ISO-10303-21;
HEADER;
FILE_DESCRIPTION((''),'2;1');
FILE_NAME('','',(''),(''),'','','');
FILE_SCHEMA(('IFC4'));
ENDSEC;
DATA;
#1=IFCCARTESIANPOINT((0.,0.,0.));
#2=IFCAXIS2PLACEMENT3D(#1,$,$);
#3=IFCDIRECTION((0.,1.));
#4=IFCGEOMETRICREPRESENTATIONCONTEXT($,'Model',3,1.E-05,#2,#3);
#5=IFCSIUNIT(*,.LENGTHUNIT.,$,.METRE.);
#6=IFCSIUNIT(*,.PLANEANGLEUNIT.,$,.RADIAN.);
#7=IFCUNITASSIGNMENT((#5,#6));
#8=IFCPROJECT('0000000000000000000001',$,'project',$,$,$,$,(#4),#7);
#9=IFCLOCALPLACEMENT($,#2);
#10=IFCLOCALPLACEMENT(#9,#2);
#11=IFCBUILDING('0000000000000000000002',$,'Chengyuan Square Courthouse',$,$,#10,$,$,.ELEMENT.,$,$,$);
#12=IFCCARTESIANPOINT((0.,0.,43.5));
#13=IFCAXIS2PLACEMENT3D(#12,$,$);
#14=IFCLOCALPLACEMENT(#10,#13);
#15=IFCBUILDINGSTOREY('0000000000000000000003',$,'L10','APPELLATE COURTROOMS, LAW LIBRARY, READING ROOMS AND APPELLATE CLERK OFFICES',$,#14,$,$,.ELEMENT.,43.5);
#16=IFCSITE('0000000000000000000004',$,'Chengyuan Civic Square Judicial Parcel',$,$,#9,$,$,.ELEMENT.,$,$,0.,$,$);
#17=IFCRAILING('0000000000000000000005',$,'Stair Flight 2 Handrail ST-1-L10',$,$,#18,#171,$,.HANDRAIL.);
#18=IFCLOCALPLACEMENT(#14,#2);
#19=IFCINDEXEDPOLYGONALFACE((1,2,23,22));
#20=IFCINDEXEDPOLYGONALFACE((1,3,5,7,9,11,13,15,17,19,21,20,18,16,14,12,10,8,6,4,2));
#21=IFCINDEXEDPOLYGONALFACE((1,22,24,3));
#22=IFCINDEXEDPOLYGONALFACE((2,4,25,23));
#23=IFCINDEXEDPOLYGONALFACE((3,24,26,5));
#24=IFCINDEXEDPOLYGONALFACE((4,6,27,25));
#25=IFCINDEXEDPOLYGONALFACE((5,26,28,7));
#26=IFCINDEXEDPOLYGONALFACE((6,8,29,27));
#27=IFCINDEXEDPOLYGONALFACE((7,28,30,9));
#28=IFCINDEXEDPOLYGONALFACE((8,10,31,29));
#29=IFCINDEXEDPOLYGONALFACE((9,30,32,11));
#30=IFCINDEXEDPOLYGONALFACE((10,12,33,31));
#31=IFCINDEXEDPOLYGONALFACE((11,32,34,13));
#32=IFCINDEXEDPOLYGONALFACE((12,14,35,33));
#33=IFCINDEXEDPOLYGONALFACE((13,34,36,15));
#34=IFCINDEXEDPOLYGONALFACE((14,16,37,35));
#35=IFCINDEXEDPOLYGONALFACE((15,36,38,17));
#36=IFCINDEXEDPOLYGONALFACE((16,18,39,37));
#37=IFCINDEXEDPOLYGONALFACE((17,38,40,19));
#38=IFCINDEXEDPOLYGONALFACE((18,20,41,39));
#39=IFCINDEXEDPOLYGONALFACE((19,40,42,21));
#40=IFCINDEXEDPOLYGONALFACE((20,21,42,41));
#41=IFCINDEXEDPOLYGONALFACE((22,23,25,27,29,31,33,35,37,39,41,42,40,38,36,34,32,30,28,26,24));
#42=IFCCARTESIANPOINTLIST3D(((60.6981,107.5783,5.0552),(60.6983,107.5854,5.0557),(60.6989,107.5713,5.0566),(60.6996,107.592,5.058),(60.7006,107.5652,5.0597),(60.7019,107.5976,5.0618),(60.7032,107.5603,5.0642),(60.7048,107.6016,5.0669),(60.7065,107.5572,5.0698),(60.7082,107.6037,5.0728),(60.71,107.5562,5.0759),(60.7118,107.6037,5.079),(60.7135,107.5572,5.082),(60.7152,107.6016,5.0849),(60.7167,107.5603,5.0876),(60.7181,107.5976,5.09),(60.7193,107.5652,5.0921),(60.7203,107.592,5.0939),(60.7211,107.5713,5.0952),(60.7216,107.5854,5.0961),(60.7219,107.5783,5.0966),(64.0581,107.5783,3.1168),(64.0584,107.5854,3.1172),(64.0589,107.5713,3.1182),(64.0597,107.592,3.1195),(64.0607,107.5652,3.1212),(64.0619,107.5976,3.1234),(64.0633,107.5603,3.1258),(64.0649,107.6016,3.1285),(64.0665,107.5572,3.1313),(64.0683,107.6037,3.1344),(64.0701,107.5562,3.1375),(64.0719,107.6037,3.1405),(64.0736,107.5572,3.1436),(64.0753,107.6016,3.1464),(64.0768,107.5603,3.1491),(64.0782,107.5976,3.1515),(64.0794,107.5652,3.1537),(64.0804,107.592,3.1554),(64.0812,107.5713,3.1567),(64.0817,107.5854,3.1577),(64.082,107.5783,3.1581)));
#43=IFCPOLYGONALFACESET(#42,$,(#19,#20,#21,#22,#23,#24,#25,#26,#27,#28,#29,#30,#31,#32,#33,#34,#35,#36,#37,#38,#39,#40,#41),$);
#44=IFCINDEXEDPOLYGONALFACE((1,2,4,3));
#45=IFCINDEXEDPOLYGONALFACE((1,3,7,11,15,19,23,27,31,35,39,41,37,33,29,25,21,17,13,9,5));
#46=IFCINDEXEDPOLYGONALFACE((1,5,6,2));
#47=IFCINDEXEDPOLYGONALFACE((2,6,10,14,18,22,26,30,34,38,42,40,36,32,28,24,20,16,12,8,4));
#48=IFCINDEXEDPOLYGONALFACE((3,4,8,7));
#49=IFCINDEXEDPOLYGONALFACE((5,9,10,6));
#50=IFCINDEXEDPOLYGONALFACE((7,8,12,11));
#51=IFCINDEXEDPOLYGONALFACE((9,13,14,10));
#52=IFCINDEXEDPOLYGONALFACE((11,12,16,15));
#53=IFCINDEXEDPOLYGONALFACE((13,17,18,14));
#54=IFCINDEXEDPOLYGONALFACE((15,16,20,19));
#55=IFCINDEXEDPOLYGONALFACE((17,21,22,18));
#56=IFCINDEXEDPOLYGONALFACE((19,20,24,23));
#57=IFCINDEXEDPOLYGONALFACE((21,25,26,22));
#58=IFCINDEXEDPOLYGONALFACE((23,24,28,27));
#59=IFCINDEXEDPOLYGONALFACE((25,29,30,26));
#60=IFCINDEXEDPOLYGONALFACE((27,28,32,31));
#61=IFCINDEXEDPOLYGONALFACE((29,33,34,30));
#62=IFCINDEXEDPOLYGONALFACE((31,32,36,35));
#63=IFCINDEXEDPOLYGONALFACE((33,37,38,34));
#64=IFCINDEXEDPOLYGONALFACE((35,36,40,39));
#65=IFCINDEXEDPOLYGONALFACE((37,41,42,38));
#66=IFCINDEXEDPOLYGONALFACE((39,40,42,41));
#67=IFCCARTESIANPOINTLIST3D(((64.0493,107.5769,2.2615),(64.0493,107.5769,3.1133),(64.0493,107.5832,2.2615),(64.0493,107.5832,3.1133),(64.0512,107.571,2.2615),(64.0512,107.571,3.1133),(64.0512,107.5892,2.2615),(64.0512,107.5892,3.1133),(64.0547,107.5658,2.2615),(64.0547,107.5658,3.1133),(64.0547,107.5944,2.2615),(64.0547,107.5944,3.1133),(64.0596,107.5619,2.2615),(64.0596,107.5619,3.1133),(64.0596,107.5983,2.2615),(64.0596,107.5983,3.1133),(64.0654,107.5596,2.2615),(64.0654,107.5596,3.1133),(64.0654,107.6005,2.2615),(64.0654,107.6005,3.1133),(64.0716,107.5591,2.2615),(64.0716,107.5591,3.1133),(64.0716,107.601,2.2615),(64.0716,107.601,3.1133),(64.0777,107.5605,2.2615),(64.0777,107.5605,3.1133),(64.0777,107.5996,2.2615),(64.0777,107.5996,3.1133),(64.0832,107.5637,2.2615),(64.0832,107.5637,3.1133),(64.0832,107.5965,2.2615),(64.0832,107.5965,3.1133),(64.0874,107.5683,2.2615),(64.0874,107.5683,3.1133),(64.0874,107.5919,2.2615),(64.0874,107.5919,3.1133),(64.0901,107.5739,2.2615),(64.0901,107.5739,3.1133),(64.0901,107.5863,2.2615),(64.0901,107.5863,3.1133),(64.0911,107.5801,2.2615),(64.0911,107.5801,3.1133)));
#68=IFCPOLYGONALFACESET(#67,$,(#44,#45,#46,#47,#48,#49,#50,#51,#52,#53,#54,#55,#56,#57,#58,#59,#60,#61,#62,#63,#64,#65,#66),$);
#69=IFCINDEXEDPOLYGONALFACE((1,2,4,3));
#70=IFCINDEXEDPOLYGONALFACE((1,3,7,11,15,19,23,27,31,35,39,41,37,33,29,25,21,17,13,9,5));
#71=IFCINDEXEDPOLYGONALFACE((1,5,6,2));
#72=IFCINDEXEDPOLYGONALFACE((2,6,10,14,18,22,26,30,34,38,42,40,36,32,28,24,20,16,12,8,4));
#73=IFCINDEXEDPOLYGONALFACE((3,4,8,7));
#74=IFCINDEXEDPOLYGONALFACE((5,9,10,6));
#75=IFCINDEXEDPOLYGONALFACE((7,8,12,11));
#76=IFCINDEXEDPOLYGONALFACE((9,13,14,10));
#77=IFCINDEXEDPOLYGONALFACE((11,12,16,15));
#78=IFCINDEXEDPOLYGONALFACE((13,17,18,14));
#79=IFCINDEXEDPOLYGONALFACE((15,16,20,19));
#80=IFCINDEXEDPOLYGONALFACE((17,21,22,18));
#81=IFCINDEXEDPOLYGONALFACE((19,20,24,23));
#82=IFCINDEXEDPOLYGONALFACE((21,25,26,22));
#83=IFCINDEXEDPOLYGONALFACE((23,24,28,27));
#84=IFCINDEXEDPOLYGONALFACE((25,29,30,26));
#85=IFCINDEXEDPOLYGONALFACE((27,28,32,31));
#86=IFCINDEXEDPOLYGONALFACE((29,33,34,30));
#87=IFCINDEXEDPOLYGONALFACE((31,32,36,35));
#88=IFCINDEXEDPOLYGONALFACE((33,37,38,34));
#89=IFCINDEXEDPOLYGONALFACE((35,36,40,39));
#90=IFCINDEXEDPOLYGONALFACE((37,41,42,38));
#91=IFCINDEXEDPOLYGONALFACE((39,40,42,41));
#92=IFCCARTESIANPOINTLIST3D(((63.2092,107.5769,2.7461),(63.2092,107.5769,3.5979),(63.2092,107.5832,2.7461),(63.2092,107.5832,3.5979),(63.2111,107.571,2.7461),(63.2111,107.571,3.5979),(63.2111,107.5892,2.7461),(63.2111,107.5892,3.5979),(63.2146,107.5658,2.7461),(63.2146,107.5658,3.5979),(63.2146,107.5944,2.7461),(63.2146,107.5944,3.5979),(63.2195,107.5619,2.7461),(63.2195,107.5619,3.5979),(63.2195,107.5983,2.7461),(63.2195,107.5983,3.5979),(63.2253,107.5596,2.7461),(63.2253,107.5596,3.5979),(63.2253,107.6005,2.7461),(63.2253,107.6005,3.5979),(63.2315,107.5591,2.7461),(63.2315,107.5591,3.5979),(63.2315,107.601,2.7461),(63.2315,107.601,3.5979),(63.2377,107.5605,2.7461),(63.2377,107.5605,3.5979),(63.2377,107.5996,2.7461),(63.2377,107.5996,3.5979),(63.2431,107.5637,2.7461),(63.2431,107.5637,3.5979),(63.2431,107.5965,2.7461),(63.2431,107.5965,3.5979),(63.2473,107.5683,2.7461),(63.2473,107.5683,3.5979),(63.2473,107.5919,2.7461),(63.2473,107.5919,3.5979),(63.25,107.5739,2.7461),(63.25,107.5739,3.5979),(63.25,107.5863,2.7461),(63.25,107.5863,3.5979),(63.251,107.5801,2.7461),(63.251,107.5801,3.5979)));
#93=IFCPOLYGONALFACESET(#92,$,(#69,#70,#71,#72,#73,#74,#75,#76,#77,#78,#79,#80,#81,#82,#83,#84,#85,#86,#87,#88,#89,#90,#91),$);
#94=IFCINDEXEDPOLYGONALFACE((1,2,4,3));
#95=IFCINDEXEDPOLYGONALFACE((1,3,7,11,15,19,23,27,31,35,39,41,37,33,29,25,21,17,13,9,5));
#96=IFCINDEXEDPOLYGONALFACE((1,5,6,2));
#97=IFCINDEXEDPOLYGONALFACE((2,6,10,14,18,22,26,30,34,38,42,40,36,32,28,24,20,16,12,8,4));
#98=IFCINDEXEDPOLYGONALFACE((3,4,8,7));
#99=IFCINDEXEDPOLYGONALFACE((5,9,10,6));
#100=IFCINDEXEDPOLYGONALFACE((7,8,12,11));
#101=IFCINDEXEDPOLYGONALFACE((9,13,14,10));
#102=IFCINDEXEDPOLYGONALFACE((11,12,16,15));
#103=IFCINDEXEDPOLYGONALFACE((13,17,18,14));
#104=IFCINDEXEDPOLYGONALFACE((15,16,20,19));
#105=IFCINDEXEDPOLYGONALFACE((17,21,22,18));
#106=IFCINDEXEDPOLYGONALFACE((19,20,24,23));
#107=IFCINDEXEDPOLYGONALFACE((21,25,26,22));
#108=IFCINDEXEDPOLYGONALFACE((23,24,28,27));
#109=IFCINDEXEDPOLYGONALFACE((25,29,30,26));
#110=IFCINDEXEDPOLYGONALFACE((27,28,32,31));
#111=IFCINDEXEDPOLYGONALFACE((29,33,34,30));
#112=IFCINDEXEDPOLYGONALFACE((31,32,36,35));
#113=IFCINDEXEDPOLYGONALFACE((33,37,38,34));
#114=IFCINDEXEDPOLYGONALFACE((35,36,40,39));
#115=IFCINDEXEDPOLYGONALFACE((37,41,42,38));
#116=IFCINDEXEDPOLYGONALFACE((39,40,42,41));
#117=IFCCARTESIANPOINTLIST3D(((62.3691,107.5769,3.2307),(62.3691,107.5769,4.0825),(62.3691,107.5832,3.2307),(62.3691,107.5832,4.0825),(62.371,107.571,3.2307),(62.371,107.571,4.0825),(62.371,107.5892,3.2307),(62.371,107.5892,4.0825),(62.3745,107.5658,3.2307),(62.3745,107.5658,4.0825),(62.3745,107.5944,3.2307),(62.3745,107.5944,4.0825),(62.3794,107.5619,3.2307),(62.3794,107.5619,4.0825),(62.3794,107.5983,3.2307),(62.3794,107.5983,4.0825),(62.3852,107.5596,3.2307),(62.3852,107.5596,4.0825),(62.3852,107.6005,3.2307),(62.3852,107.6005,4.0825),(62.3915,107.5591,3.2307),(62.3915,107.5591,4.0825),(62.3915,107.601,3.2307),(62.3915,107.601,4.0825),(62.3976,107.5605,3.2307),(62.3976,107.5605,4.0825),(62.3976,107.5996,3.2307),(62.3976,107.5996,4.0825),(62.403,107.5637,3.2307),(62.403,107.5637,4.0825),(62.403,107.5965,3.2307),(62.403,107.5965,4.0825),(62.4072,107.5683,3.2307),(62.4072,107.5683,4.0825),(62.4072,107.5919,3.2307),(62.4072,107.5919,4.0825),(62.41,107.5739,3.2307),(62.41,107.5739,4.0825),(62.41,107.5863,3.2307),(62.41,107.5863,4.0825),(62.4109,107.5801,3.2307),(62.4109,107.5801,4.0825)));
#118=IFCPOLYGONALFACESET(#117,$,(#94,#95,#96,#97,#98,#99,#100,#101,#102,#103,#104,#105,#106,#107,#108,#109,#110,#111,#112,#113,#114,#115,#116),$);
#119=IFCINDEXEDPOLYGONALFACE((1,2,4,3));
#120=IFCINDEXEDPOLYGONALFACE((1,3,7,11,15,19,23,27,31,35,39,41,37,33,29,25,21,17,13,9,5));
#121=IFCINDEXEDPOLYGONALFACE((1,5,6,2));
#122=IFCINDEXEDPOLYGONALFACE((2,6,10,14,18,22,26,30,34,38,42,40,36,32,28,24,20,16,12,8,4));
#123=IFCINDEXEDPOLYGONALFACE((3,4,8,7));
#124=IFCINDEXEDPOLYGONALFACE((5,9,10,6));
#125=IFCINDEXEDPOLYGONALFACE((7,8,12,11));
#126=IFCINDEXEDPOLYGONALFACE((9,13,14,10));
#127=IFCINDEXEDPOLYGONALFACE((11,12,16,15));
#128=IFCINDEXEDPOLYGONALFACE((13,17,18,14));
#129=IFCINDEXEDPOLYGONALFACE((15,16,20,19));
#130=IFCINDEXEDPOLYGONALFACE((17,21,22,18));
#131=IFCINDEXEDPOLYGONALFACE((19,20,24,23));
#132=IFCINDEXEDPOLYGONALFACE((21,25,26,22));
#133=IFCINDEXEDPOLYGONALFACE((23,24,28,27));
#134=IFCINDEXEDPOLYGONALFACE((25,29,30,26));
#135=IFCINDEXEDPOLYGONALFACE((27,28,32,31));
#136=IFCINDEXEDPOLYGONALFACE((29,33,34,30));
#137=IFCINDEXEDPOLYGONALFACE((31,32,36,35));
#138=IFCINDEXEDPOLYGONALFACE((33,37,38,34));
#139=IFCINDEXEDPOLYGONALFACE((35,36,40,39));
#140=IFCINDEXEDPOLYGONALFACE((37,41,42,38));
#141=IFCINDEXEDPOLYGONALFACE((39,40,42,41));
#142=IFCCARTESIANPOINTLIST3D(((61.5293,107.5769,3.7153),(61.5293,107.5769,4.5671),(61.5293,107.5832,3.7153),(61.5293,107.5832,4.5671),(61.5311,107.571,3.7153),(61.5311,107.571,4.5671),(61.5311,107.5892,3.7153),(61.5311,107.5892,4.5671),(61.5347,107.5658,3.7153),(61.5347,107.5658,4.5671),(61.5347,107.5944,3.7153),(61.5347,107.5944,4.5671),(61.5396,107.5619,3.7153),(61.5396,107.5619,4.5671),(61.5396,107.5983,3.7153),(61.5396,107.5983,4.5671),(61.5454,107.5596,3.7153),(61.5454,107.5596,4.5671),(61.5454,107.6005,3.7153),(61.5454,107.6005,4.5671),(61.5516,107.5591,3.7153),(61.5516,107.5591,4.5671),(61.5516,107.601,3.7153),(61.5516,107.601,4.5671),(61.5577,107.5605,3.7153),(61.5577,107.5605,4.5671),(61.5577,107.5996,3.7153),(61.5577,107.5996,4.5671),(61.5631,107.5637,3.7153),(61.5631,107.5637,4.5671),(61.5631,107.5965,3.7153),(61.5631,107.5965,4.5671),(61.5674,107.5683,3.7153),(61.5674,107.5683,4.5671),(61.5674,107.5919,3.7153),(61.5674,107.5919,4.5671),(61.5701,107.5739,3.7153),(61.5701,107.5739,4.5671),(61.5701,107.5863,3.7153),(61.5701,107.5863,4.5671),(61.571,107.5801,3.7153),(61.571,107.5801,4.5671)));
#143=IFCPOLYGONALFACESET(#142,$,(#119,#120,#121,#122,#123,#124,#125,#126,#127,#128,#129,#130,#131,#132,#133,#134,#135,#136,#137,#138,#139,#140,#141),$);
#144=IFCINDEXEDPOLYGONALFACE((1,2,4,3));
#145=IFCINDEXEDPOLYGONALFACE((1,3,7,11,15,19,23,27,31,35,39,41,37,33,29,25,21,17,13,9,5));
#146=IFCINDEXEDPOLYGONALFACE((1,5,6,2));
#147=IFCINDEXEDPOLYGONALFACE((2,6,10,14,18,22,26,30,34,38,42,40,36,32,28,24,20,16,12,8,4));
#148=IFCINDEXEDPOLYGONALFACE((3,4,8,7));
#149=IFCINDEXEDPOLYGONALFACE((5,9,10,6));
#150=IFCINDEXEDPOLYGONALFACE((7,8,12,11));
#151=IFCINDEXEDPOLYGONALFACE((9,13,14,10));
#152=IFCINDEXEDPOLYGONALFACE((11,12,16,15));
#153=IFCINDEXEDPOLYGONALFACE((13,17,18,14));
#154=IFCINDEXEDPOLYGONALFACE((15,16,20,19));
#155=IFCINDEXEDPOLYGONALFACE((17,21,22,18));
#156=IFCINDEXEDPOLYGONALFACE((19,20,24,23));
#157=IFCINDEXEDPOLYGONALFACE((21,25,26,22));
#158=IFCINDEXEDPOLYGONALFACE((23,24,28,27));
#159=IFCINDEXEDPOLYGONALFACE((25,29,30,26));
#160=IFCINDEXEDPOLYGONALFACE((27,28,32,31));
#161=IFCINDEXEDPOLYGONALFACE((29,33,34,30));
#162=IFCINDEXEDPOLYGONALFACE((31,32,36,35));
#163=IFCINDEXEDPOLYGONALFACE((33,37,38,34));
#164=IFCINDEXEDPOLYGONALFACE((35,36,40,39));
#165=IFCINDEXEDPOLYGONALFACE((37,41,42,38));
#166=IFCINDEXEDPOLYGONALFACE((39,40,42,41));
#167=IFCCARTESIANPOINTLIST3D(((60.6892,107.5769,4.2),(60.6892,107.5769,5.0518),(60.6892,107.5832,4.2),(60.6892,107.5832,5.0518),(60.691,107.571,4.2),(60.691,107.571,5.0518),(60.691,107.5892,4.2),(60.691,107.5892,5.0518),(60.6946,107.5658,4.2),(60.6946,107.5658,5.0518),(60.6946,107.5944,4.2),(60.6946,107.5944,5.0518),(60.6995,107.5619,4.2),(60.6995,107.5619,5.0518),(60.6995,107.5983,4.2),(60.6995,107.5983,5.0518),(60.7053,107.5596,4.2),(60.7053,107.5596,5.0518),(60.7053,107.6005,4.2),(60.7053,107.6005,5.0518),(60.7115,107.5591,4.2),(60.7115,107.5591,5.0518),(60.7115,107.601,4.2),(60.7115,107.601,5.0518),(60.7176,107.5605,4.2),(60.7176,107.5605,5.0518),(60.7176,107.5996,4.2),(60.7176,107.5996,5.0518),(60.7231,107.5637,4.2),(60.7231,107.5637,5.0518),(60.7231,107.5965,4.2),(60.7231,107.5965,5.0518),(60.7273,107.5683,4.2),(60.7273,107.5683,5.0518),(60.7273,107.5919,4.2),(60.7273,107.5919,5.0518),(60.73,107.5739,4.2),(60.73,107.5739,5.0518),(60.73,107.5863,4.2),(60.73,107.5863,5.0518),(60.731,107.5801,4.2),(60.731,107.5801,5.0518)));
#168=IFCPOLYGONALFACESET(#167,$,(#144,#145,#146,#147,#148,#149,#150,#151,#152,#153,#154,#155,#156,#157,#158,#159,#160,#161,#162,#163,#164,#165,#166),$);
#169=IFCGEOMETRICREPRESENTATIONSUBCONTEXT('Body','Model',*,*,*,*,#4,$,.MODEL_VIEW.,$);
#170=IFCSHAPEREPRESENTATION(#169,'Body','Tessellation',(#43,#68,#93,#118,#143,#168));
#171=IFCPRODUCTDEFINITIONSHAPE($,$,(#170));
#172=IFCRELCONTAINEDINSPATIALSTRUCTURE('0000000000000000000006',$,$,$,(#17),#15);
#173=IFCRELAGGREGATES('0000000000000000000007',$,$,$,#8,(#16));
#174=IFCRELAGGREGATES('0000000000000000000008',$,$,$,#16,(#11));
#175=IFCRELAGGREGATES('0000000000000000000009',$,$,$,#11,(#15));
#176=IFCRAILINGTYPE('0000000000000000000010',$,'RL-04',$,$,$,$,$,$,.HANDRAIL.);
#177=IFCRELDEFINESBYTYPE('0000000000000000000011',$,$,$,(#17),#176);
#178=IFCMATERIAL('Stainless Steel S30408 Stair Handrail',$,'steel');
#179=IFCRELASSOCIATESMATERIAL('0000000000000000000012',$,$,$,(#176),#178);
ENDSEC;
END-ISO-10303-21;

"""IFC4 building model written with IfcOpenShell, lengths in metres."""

from ifc_helpers import new_model, si_unit, direction, frame, origin, origin_2d, place, context, subcontext, project, spatial, circle, extrude, material, type_object, element, save


model = new_model("IFC4")

# Units and contexts
model_context = context("Model", 3, precision=1e-05, world=origin(), true_north=direction((0.0, 1.0)))
body_context = subcontext(model_context, "Body", "Model", "MODEL_VIEW")
ifc_project = project(units=[si_unit("LENGTHUNIT", "METRE"), si_unit("PLANEANGLEUNIT", "RADIAN")], contexts=[model_context])

# Site, building, storey
site_placement = place(None, origin())
site = spatial("IfcSite", under=ifc_project, at=site_placement, Name="Chengyuan Civic Square Judicial Parcel", CompositionType="ELEMENT", RefElevation=0.0)
building_placement = place(site_placement, origin())
building = spatial("IfcBuilding", under=site, at=building_placement, Name="Chengyuan Square Courthouse", CompositionType="ELEMENT")
storey_placement = place(building_placement, frame((0.0, 0.0, 43.5)))
storey = spatial("IfcBuildingStorey", under=building, at=storey_placement, Name="L10", Description="APPELLATE COURTROOMS, LAW LIBRARY, READING ROOMS AND APPELLATE CLERK OFFICES", CompositionType="ELEMENT", Elevation=43.5)

# Railing
ifc_material_1 = material(Name="Stainless Steel S30408 Stair Handrail", Category="steel")
railing_type_1 = type_object("IfcRailingType", Name="RL-04", PredefinedType="HANDRAIL", material=ifc_material_1)
railing_1_placement = place(storey_placement, frame((64.0701, 107.5801, 2.2615)))
element("IfcRailing", 1, at=railing_1_placement, inside=storey, type_object=railing_type_1, Name="Stair Flight 2 Handrail ST-1-L10", PredefinedType="HANDRAIL", context=body_context, shape_type="SweptSolid", body=[
    extrude(circle(Radius=0.0239, at=origin_2d()), frame((0.0, 0.0, 0.876), z_axis=(-0.866191, 0.0, 0.499713), x_axis=(0.0, -1.0, 0.0)), (0.0, 0.0, 1.0), 3.8792),
    extrude(circle(Radius=0.021, at=origin_2d()), origin(), (0.0, 0.0, 1.0), 0.8518),
    extrude(circle(Radius=0.021, at=origin_2d()), frame((-0.8401, 0.0, 0.4846)), (0.0, 0.0, 1.0), 0.8518),
    extrude(circle(Radius=0.021, at=origin_2d()), frame((-1.6802, 0.0, 0.9692)), (0.0, 0.0, 1.0), 0.8518),
    extrude(circle(Radius=0.021, at=origin_2d()), frame((-2.52, 0.0, 1.4539)), (0.0, 0.0, 1.0), 0.8518),
    extrude(circle(Radius=0.021, at=origin_2d()), frame((-3.3601, 0.0, 1.9385)), (0.0, 0.0, 1.0), 0.8518),
])

save(model, "model.ifc")
